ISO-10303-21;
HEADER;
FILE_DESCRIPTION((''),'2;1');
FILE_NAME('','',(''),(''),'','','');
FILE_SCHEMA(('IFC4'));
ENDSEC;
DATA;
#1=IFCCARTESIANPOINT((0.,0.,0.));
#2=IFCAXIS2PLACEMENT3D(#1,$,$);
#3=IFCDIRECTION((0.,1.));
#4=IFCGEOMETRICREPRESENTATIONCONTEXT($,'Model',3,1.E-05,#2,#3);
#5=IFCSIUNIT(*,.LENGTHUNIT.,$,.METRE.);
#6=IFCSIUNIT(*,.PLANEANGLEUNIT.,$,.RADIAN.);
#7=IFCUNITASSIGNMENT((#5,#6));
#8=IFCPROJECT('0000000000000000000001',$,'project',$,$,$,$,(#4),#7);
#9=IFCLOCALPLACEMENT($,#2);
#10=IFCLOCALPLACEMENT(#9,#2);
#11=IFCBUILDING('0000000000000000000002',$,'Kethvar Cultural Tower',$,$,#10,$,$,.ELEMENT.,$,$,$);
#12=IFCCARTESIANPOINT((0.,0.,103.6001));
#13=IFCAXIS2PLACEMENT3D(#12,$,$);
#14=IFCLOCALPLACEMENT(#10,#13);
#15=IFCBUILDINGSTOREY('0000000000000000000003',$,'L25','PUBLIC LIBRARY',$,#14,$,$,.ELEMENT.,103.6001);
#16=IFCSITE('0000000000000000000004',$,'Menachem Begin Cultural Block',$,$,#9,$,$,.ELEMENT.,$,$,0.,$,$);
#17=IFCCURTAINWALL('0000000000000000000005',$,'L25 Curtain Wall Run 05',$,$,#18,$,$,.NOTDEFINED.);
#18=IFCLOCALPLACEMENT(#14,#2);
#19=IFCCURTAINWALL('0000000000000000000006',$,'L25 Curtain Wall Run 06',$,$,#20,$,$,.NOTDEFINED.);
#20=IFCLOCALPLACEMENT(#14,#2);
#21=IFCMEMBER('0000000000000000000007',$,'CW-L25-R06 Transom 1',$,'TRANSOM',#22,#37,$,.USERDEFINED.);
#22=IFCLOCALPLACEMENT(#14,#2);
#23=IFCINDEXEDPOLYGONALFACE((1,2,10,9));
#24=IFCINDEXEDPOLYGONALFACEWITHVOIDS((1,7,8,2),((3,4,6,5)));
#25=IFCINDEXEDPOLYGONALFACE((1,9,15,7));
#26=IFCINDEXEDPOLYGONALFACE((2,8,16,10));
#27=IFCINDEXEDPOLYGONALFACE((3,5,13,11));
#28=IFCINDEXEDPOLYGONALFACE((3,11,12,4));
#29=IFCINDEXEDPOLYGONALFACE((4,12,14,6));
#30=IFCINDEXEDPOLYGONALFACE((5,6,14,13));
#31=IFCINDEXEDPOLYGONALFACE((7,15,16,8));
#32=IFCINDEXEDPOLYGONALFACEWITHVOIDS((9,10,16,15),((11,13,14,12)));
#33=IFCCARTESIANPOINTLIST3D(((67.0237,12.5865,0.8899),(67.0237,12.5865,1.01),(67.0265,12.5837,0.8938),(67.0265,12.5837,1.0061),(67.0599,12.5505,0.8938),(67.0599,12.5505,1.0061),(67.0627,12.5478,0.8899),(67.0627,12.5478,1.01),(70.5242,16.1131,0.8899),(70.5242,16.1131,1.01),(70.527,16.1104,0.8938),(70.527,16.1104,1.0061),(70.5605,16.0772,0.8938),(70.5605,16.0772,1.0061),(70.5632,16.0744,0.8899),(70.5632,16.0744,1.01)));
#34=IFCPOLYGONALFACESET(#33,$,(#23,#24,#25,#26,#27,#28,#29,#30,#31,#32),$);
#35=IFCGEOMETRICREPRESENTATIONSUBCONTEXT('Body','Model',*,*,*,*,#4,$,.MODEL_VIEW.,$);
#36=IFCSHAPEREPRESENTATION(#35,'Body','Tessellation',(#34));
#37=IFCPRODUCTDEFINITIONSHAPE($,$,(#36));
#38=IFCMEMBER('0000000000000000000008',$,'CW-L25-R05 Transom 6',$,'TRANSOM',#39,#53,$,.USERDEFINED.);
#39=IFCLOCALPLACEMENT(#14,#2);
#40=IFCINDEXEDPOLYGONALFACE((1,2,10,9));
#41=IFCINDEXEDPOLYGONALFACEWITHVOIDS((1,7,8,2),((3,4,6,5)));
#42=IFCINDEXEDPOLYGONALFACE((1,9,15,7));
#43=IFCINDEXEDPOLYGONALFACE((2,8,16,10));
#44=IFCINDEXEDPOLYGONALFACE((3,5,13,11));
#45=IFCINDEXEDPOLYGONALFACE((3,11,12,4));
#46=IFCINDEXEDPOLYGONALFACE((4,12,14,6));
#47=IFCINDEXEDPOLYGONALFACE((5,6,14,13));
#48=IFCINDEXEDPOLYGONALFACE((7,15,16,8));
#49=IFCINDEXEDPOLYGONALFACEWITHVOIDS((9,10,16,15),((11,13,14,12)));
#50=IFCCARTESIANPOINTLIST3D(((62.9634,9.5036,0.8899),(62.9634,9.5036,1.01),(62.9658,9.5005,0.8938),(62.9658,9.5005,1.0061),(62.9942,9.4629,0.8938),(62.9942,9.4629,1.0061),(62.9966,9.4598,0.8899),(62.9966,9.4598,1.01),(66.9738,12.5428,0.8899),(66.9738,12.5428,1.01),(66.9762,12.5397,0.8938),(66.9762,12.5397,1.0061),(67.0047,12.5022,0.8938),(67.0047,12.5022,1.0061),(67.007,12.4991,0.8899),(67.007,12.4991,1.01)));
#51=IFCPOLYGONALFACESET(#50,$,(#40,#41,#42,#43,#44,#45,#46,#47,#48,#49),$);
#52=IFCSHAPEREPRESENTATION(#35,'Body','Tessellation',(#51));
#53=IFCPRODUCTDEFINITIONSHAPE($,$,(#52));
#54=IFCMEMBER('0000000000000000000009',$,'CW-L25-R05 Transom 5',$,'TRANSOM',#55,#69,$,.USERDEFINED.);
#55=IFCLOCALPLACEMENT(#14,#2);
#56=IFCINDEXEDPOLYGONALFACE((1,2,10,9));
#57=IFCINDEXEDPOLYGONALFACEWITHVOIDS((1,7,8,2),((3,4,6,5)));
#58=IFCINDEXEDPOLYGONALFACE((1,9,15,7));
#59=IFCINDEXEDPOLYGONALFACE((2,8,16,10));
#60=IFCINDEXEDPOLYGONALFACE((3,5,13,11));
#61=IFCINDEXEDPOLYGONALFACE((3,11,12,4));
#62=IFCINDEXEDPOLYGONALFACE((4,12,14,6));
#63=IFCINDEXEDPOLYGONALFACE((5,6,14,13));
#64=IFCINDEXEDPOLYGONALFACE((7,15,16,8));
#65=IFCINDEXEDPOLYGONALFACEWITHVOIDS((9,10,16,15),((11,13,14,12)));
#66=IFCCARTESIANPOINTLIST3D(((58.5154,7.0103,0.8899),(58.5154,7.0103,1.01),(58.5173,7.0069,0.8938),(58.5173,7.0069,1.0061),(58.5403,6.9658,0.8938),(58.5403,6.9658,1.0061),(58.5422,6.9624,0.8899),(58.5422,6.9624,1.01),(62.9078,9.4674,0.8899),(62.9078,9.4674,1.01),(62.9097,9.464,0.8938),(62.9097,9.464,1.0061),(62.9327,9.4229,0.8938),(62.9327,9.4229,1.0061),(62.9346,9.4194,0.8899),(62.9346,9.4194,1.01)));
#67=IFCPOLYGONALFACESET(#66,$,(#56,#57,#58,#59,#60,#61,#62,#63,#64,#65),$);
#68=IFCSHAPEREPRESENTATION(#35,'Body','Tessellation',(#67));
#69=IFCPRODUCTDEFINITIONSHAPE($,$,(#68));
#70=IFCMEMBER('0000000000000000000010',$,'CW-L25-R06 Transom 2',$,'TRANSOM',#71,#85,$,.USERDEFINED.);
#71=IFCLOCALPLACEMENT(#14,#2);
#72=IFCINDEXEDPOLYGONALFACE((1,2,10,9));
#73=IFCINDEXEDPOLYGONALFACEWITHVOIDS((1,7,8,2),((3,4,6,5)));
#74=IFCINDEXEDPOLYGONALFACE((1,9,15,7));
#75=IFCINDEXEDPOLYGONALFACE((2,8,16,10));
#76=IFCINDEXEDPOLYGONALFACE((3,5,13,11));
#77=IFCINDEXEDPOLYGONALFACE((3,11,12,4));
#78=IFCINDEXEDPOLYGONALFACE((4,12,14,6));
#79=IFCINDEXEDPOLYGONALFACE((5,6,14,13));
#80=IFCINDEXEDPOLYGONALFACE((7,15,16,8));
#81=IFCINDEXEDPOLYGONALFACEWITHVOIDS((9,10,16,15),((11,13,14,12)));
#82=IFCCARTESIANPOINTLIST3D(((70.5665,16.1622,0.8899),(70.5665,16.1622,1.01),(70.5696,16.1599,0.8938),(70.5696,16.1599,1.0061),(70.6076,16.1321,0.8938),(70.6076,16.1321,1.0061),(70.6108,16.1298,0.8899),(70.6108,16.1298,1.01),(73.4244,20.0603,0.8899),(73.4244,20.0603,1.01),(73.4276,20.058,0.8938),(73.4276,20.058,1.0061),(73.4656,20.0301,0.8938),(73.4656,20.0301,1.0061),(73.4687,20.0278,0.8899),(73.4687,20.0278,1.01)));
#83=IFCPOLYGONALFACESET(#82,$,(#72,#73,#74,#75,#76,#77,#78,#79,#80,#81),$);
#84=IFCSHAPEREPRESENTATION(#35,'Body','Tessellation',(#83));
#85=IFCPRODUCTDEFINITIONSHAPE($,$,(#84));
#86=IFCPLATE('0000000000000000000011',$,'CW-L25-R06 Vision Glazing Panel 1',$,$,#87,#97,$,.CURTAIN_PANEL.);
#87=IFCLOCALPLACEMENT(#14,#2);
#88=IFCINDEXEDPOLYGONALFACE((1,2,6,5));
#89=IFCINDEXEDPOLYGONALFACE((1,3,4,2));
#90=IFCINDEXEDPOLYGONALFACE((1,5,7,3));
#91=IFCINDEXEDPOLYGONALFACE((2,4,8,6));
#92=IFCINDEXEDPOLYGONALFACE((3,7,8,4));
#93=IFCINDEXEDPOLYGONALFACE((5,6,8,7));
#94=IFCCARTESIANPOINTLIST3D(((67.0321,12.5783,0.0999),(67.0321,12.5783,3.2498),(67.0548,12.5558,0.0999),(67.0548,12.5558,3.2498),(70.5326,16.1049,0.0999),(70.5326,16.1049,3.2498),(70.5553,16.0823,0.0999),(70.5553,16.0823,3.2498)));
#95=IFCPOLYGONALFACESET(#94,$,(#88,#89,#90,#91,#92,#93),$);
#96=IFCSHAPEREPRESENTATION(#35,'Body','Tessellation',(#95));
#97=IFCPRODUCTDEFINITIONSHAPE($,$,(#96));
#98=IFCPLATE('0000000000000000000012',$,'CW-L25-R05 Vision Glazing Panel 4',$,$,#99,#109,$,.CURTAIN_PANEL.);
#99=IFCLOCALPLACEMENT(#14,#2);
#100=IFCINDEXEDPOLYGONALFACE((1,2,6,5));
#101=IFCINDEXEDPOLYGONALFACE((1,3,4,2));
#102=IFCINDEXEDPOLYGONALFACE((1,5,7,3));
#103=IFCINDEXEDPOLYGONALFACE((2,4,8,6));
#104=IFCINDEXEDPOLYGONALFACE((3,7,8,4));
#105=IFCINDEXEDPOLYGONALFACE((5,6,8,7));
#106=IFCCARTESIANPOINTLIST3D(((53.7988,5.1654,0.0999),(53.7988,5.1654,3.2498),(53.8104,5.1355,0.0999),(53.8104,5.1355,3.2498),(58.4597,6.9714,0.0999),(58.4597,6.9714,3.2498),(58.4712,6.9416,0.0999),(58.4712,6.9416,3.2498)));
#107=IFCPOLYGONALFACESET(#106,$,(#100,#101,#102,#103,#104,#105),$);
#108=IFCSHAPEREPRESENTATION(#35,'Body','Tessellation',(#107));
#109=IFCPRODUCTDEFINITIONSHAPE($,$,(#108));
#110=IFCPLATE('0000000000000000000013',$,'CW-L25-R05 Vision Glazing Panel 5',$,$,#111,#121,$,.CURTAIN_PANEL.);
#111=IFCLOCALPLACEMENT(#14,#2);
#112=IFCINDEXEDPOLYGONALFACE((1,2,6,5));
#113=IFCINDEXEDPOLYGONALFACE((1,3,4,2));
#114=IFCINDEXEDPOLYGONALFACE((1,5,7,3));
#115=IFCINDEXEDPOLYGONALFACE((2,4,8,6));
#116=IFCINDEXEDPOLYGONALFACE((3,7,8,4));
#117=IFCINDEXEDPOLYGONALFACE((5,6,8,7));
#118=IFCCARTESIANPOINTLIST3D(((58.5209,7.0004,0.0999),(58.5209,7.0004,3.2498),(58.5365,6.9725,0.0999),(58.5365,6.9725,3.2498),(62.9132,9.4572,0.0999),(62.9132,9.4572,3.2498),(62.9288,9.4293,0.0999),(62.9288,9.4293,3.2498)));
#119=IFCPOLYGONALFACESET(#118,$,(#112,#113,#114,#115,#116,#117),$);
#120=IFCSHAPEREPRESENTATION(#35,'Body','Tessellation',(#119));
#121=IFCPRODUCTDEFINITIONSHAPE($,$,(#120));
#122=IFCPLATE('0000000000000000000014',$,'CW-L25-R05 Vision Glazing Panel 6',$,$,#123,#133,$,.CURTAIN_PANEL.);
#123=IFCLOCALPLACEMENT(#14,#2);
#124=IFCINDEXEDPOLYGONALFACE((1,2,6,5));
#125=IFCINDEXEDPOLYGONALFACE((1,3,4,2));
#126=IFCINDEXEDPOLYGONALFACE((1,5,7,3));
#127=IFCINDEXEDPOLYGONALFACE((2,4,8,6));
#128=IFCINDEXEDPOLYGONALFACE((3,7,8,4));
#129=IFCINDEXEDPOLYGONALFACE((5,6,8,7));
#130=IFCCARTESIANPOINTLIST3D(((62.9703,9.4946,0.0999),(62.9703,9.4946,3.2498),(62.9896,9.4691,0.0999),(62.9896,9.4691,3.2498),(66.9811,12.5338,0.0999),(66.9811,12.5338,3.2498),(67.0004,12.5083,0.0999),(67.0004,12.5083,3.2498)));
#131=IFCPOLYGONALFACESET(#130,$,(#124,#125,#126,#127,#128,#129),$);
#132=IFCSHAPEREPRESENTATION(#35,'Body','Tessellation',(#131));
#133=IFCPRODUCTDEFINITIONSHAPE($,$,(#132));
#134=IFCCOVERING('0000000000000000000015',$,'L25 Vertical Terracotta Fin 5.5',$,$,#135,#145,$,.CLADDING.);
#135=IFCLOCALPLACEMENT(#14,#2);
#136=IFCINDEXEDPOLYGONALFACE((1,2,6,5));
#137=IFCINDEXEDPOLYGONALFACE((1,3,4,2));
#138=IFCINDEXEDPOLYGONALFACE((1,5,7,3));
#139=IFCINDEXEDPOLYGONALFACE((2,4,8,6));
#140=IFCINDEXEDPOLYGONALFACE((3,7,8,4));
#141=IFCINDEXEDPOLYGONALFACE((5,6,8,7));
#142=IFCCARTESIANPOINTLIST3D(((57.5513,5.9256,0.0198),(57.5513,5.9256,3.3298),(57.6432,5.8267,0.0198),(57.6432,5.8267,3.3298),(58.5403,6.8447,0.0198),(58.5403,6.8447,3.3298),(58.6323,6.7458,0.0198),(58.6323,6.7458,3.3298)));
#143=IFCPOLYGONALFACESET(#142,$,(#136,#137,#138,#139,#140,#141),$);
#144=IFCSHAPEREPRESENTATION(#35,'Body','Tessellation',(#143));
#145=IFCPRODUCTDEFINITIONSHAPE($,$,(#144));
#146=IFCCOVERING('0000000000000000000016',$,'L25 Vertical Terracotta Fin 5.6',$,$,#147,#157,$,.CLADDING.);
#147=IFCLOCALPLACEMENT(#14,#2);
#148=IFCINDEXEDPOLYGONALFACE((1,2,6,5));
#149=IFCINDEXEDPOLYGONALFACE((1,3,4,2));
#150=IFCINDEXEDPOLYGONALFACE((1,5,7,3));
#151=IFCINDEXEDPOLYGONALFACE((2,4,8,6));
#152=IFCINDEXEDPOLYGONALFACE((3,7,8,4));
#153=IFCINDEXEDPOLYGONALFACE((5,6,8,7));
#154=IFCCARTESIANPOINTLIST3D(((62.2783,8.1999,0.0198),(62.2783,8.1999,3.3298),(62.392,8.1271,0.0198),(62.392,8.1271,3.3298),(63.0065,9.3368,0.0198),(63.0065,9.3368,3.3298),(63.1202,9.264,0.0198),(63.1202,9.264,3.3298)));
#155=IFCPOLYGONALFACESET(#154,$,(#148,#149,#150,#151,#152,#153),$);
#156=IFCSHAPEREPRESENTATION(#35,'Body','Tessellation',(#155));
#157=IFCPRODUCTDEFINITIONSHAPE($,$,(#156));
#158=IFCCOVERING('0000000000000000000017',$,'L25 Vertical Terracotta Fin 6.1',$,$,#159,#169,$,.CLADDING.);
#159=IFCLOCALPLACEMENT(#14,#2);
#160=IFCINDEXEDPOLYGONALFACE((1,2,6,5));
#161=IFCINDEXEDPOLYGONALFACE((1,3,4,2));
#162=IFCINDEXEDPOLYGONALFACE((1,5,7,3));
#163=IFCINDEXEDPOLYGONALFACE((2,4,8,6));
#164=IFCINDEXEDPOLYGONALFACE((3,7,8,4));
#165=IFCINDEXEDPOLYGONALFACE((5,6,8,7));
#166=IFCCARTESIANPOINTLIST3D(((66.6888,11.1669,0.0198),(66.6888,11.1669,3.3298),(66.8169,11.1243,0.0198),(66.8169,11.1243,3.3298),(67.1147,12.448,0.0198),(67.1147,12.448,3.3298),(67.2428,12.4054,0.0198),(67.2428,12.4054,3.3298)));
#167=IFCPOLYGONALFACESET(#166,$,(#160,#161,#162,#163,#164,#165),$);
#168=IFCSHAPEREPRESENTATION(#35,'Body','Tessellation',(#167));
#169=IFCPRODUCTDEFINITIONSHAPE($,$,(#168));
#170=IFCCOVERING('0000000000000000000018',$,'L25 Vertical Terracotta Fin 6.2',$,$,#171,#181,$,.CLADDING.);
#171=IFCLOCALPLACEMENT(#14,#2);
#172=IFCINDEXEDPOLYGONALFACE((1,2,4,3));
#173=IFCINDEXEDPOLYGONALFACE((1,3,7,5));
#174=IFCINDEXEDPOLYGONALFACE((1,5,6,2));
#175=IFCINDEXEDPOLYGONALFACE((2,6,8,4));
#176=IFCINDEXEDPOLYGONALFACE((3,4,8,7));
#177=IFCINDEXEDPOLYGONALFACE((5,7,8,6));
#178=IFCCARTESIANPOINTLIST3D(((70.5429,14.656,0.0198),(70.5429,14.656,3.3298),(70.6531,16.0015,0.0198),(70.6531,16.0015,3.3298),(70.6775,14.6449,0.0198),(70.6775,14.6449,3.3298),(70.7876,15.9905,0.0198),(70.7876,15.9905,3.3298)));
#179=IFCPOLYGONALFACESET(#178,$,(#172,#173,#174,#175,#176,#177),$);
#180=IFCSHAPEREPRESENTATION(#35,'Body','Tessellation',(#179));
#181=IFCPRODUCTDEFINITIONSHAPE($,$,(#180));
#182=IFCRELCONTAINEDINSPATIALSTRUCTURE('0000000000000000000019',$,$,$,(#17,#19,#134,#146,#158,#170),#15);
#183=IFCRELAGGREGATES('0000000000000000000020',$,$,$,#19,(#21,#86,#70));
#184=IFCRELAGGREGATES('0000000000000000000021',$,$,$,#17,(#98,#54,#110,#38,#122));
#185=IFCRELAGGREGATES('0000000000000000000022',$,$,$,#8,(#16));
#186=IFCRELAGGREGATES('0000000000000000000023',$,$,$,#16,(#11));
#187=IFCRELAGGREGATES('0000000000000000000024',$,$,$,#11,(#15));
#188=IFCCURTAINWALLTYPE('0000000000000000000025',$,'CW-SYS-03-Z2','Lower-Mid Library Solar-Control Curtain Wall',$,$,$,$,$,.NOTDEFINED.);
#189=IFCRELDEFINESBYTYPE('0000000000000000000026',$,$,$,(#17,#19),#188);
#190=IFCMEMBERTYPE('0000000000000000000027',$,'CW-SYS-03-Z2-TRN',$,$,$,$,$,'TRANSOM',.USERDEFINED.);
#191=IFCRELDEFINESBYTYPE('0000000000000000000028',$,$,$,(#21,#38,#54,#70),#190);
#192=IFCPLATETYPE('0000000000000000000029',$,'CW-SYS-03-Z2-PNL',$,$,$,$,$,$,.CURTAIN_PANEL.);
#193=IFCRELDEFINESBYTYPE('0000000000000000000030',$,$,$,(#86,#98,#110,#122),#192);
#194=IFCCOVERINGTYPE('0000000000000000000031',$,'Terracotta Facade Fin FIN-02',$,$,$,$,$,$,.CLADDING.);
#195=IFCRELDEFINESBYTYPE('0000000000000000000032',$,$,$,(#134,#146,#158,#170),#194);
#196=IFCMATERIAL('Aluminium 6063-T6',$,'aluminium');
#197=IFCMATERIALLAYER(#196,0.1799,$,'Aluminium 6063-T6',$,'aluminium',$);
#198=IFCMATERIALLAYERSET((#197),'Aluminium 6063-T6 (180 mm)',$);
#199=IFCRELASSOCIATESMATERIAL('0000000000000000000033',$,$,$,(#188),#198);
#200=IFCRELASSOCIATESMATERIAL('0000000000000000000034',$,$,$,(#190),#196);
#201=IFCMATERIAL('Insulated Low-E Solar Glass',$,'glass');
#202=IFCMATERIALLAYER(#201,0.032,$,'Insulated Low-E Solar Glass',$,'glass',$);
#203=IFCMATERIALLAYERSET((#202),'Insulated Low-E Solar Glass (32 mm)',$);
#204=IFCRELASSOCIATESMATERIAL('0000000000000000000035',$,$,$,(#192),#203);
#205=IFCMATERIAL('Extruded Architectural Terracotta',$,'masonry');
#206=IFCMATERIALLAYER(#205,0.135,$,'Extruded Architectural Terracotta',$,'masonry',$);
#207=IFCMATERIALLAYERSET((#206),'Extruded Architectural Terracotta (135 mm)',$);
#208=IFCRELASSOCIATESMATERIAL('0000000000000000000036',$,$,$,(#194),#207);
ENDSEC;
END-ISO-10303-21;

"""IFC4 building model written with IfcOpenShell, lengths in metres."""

from ifc_helpers import new_model, si_unit, direction, frame, origin, origin_2d, place, context, subcontext, project, spatial, rectangle, hollow_rectangle, extrude, source, transform, mapped, material, layer, layer_set, material_profile, profile_set, type_object, element, aggregate, save


model = new_model("IFC4")

# Units and contexts
model_context = context("Model", 3, precision=1e-05, world=origin(), true_north=direction((0.0, 1.0)))
body_context = subcontext(model_context, "Body", "Model", "MODEL_VIEW")
ifc_project = project(units=[si_unit("LENGTHUNIT", "METRE"), si_unit("PLANEANGLEUNIT", "RADIAN")], contexts=[model_context])

# Site, building, storey
site_placement = place(None, origin())
site = spatial("IfcSite", under=ifc_project, at=site_placement, Name="Menachem Begin Cultural Block", CompositionType="ELEMENT", RefElevation=0.0)
building_placement = place(site_placement, origin())
building = spatial("IfcBuilding", under=site, at=building_placement, Name="Kethvar Cultural Tower", CompositionType="ELEMENT")
storey_placement = place(building_placement, frame((0.0, 0.0, 103.6001)))
storey = spatial("IfcBuildingStorey", under=building, at=storey_placement, Name="L25", Description="PUBLIC LIBRARY", CompositionType="ELEMENT", Elevation=103.6001)

# Curtain walls, member
ifc_material_1 = material(Name="Aluminium 6063-T6", Category="aluminium")
ifc_layer_1 = layer(ifc_material_1, 0.1799, Name="Aluminium 6063-T6", Category="aluminium")
ifc_layer_set_1 = layer_set([ifc_layer_1], Name="Aluminium 6063-T6 (180 mm)")
curtain_wall_type = type_object("IfcCurtainWallType", Name="CW-SYS-03-Z2", Description="Lower-Mid Library Solar-Control Curtain Wall", PredefinedType="NOTDEFINED", material=ifc_layer_set_1)
curtain_wall_1_placement = place(storey_placement, origin())
curtain_wall_1 = element("IfcCurtainWall", 1, at=curtain_wall_1_placement, inside=storey, type_object=curtain_wall_type, Name="L25 Curtain Wall Run 05", PredefinedType="NOTDEFINED")
curtain_wall_2_placement = place(storey_placement, origin())
curtain_wall_2 = element("IfcCurtainWall", 2, at=curtain_wall_2_placement, inside=storey, type_object=curtain_wall_type, Name="L25 Curtain Wall Run 06", PredefinedType="NOTDEFINED")
ifc_material_profile_1 = material_profile(ifc_material_1, hollow_rectangle(XDim=0.0549, YDim=0.1201, WallThickness=0.0039, at=origin_2d()), Name="Aluminium 6063-T6 — RHS120x55x4")
ifc_profile_set_1 = profile_set([ifc_material_profile_1], Name="Aluminium 6063-T6 — RHS120x55x4")
member_type_1 = type_object("IfcMemberType", Name="CW-SYS-03-Z2-TRN", ElementType="TRANSOM", PredefinedType="USERDEFINED", material=ifc_profile_set_1)
shared_shape_1 = source(origin(), body_context, "Body", "SweptSolid", [
    extrude(hollow_rectangle(XDim=0.0549, YDim=0.1201, WallThickness=0.0039, at=origin_2d()), origin(), (0.0, 0.0, 1.0), 4.969),
])
member_1_placement = place(storey_placement, frame((67.0432, 12.5671, 0.95), z_axis=(0.704473, 0.709731, 0.0), x_axis=(-0.709731, 0.704473, 0.0)))
member_1 = element("IfcMember", 3, at=member_1_placement, type_object=member_type_1, Name="CW-L25-R06 Transom 1", ObjectType="TRANSOM", PredefinedType="USERDEFINED", context=body_context, shape_type="MappedRepresentation", body=[
    mapped(shared_shape_1, transform((0.0, 0.0, 0.0), scale=1.0)),
])

# Members
shared_shape_2 = source(origin(), body_context, "Body", "SweptSolid", [
    extrude(hollow_rectangle(XDim=0.0549, YDim=0.1201, WallThickness=0.0039, at=origin_2d()), origin(), (0.0, 0.0, 1.0), 5.032),
])
member_2_placement = place(storey_placement, frame((62.98, 9.4817, 0.95), z_axis=(0.796992, 0.60399, 0.0), x_axis=(-0.60399, 0.796992, 0.0)))
member_2 = element("IfcMember", 4, at=member_2_placement, type_object=member_type_1, Name="CW-L25-R05 Transom 6", ObjectType="TRANSOM", PredefinedType="USERDEFINED", context=body_context, shape_type="MappedRepresentation", body=[
    mapped(shared_shape_2, transform((0.0, 0.0, 0.0), scale=1.0)),
])
shared_shape_3 = source(origin(), body_context, "Body", "SweptSolid", [
    extrude(hollow_rectangle(XDim=0.0549, YDim=0.1201, WallThickness=0.0039, at=origin_2d()), origin(), (0.0, 0.0, 1.0), 5.033),
])
member_3_placement = place(storey_placement, frame((58.5288, 6.9863, 0.95), z_axis=(0.872733, 0.488199, 0.0), x_axis=(-0.488199, 0.872733, 0.0)))
member_3 = element("IfcMember", 5, at=member_3_placement, type_object=member_type_1, Name="CW-L25-R05 Transom 5", ObjectType="TRANSOM", PredefinedType="USERDEFINED", context=body_context, shape_type="MappedRepresentation", body=[
    mapped(shared_shape_3, transform((0.0, 0.0, 0.0), scale=1.0)),
])
shared_shape_4 = source(origin(), body_context, "Body", "SweptSolid", [
    extrude(hollow_rectangle(XDim=0.0549, YDim=0.1201, WallThickness=0.0039, at=origin_2d()), origin(), (0.0, 0.0, 1.0), 4.8335),
])
member_4_placement = place(storey_placement, frame((70.5886, 16.146, 0.95), z_axis=(0.591285, 0.806463, 0.0), x_axis=(-0.806463, 0.591285, 0.0)))
member_4 = element("IfcMember", 6, at=member_4_placement, type_object=member_type_1, Name="CW-L25-R06 Transom 2", ObjectType="TRANSOM", PredefinedType="USERDEFINED", context=body_context, shape_type="MappedRepresentation", body=[
    mapped(shared_shape_4, transform((0.0, 0.0, 0.0), scale=1.0)),
])

# Plates
ifc_material_2 = material(Name="Insulated Low-E Solar Glass", Category="glass")
ifc_layer_2 = layer(ifc_material_2, 0.032, Name="Insulated Low-E Solar Glass", Category="glass")
ifc_layer_set_2 = layer_set([ifc_layer_2], Name="Insulated Low-E Solar Glass (32 mm)")
plate_type = type_object("IfcPlateType", Name="CW-SYS-03-Z2-PNL", PredefinedType="CURTAIN_PANEL", material=ifc_layer_set_2)
shared_shape_5 = source(origin(), body_context, "Body", "SweptSolid", [
    extrude(rectangle(XDim=4.969, YDim=0.032, at=origin_2d()), origin(), (0.0, 0.0, 1.0), 3.1499),
])
plate_1_placement = place(storey_placement, frame((68.7937, 14.3303, 0.0999), z_axis=(0.0, 0.0, 1.0), x_axis=(0.704486, 0.709718, 0.0)))
plate_1 = element("IfcPlate", 7, at=plate_1_placement, type_object=plate_type, Name="CW-L25-R06 Vision Glazing Panel 1", PredefinedType="CURTAIN_PANEL", context=body_context, shape_type="MappedRepresentation", body=[
    mapped(shared_shape_5, transform((0.0, 0.0, 0.0), scale=1.0)),
])
aggregate(curtain_wall_2, [member_1, plate_1, member_4])
shared_shape_6 = source(origin(), body_context, "Body", "SweptSolid", [
    extrude(rectangle(XDim=4.9985, YDim=0.032, at=origin_2d()), origin(), (0.0, 0.0, 1.0), 3.1499),
])
plate_2_placement = place(storey_placement, frame((56.135, 6.0535, 0.0999), z_axis=(0.0, 0.0, 1.0), x_axis=(0.932444, 0.361315, 0.0)))
plate_2 = element("IfcPlate", 8, at=plate_2_placement, type_object=plate_type, Name="CW-L25-R05 Vision Glazing Panel 4", PredefinedType="CURTAIN_PANEL", context=body_context, shape_type="MappedRepresentation", body=[
    mapped(shared_shape_6, transform((0.0, 0.0, 0.0), scale=1.0)),
])
shared_shape_7 = source(origin(), body_context, "Body", "SweptSolid", [
    extrude(rectangle(XDim=5.0327, YDim=0.032, at=origin_2d()), origin(), (0.0, 0.0, 1.0), 3.1499),
])
plate_3_placement = place(storey_placement, frame((60.7249, 8.2148, 0.0999), z_axis=(0.0, 0.0, 1.0), x_axis=(0.872743, 0.48818, 0.0)))
plate_3 = element("IfcPlate", 9, at=plate_3_placement, type_object=plate_type, Name="CW-L25-R05 Vision Glazing Panel 5", PredefinedType="CURTAIN_PANEL", context=body_context, shape_type="MappedRepresentation", body=[
    mapped(shared_shape_7, transform((0.0, 0.0, 0.0), scale=1.0)),
])
shared_shape_8 = source(origin(), body_context, "Body", "SweptSolid", [
    extrude(rectangle(XDim=5.0322, YDim=0.032, at=origin_2d()), origin(), (0.0, 0.0, 1.0), 3.1499),
])
plate_4_placement = place(storey_placement, frame((64.9854, 11.0015, 0.0999), z_axis=(0.0, 0.0, 1.0), x_axis=(0.797015, 0.603959, 0.0)))
plate_4 = element("IfcPlate", 10, at=plate_4_placement, type_object=plate_type, Name="CW-L25-R05 Vision Glazing Panel 6", PredefinedType="CURTAIN_PANEL", context=body_context, shape_type="MappedRepresentation", body=[
    mapped(shared_shape_8, transform((0.0, 0.0, 0.0), scale=1.0)),
])
aggregate(curtain_wall_1, [plate_2, member_3, plate_3, member_2, plate_4])

# Coverings
ifc_material_3 = material(Name="Extruded Architectural Terracotta", Category="masonry")
ifc_layer_3 = layer(ifc_material_3, 0.135, Name="Extruded Architectural Terracotta", Category="masonry")
ifc_layer_set_3 = layer_set([ifc_layer_3], Name="Extruded Architectural Terracotta (135 mm)")
covering_type = type_object("IfcCoveringType", Name="Terracotta Facade Fin FIN-02", PredefinedType="CLADDING", material=ifc_layer_set_3)
shared_shape_9 = source(origin(), body_context, "Body", "SweptSolid", [
    extrude(rectangle(XDim=1.3501, YDim=0.135, at=origin_2d()), origin(), (0.0, 0.0, 1.0), 3.3101),
])
for number, where, z_axis, x_axis, name in (
    (11, (58.0918, 6.3357, 0.0198), (0.0, 0.0, 1.0), (-0.732543, -0.680721, 0.0), "L25 Vertical Terracotta Fin 5.5"),
    (12, (62.6992, 8.7319, 0.0198), (0.0, 0.0, 1.0), (-0.539359, -0.842076, 0.0), "L25 Vertical Terracotta Fin 5.6"),
    (13, (66.9658, 11.7861, 0.0198), (0.0, 0.0, 1.0), (-0.315483, -0.948931, 0.0), "L25 Vertical Terracotta Fin 6.1"),
    (14, (70.6653, 15.3232, 0.0198), (0.0, 0.0, 1.0), (-0.081591, -0.996666, 0.0), "L25 Vertical Terracotta Fin 6.2"),
):
    element("IfcCovering", number, at=place(storey_placement, frame(where, z_axis=z_axis, x_axis=x_axis)), inside=storey, type_object=covering_type, Name=name, PredefinedType="CLADDING", context=body_context, shape_type="MappedRepresentation", body=[
        mapped(shared_shape_9, transform((0.0, 0.0, 0.0), scale=1.0)),
    ])

save(model, "model.ifc")
